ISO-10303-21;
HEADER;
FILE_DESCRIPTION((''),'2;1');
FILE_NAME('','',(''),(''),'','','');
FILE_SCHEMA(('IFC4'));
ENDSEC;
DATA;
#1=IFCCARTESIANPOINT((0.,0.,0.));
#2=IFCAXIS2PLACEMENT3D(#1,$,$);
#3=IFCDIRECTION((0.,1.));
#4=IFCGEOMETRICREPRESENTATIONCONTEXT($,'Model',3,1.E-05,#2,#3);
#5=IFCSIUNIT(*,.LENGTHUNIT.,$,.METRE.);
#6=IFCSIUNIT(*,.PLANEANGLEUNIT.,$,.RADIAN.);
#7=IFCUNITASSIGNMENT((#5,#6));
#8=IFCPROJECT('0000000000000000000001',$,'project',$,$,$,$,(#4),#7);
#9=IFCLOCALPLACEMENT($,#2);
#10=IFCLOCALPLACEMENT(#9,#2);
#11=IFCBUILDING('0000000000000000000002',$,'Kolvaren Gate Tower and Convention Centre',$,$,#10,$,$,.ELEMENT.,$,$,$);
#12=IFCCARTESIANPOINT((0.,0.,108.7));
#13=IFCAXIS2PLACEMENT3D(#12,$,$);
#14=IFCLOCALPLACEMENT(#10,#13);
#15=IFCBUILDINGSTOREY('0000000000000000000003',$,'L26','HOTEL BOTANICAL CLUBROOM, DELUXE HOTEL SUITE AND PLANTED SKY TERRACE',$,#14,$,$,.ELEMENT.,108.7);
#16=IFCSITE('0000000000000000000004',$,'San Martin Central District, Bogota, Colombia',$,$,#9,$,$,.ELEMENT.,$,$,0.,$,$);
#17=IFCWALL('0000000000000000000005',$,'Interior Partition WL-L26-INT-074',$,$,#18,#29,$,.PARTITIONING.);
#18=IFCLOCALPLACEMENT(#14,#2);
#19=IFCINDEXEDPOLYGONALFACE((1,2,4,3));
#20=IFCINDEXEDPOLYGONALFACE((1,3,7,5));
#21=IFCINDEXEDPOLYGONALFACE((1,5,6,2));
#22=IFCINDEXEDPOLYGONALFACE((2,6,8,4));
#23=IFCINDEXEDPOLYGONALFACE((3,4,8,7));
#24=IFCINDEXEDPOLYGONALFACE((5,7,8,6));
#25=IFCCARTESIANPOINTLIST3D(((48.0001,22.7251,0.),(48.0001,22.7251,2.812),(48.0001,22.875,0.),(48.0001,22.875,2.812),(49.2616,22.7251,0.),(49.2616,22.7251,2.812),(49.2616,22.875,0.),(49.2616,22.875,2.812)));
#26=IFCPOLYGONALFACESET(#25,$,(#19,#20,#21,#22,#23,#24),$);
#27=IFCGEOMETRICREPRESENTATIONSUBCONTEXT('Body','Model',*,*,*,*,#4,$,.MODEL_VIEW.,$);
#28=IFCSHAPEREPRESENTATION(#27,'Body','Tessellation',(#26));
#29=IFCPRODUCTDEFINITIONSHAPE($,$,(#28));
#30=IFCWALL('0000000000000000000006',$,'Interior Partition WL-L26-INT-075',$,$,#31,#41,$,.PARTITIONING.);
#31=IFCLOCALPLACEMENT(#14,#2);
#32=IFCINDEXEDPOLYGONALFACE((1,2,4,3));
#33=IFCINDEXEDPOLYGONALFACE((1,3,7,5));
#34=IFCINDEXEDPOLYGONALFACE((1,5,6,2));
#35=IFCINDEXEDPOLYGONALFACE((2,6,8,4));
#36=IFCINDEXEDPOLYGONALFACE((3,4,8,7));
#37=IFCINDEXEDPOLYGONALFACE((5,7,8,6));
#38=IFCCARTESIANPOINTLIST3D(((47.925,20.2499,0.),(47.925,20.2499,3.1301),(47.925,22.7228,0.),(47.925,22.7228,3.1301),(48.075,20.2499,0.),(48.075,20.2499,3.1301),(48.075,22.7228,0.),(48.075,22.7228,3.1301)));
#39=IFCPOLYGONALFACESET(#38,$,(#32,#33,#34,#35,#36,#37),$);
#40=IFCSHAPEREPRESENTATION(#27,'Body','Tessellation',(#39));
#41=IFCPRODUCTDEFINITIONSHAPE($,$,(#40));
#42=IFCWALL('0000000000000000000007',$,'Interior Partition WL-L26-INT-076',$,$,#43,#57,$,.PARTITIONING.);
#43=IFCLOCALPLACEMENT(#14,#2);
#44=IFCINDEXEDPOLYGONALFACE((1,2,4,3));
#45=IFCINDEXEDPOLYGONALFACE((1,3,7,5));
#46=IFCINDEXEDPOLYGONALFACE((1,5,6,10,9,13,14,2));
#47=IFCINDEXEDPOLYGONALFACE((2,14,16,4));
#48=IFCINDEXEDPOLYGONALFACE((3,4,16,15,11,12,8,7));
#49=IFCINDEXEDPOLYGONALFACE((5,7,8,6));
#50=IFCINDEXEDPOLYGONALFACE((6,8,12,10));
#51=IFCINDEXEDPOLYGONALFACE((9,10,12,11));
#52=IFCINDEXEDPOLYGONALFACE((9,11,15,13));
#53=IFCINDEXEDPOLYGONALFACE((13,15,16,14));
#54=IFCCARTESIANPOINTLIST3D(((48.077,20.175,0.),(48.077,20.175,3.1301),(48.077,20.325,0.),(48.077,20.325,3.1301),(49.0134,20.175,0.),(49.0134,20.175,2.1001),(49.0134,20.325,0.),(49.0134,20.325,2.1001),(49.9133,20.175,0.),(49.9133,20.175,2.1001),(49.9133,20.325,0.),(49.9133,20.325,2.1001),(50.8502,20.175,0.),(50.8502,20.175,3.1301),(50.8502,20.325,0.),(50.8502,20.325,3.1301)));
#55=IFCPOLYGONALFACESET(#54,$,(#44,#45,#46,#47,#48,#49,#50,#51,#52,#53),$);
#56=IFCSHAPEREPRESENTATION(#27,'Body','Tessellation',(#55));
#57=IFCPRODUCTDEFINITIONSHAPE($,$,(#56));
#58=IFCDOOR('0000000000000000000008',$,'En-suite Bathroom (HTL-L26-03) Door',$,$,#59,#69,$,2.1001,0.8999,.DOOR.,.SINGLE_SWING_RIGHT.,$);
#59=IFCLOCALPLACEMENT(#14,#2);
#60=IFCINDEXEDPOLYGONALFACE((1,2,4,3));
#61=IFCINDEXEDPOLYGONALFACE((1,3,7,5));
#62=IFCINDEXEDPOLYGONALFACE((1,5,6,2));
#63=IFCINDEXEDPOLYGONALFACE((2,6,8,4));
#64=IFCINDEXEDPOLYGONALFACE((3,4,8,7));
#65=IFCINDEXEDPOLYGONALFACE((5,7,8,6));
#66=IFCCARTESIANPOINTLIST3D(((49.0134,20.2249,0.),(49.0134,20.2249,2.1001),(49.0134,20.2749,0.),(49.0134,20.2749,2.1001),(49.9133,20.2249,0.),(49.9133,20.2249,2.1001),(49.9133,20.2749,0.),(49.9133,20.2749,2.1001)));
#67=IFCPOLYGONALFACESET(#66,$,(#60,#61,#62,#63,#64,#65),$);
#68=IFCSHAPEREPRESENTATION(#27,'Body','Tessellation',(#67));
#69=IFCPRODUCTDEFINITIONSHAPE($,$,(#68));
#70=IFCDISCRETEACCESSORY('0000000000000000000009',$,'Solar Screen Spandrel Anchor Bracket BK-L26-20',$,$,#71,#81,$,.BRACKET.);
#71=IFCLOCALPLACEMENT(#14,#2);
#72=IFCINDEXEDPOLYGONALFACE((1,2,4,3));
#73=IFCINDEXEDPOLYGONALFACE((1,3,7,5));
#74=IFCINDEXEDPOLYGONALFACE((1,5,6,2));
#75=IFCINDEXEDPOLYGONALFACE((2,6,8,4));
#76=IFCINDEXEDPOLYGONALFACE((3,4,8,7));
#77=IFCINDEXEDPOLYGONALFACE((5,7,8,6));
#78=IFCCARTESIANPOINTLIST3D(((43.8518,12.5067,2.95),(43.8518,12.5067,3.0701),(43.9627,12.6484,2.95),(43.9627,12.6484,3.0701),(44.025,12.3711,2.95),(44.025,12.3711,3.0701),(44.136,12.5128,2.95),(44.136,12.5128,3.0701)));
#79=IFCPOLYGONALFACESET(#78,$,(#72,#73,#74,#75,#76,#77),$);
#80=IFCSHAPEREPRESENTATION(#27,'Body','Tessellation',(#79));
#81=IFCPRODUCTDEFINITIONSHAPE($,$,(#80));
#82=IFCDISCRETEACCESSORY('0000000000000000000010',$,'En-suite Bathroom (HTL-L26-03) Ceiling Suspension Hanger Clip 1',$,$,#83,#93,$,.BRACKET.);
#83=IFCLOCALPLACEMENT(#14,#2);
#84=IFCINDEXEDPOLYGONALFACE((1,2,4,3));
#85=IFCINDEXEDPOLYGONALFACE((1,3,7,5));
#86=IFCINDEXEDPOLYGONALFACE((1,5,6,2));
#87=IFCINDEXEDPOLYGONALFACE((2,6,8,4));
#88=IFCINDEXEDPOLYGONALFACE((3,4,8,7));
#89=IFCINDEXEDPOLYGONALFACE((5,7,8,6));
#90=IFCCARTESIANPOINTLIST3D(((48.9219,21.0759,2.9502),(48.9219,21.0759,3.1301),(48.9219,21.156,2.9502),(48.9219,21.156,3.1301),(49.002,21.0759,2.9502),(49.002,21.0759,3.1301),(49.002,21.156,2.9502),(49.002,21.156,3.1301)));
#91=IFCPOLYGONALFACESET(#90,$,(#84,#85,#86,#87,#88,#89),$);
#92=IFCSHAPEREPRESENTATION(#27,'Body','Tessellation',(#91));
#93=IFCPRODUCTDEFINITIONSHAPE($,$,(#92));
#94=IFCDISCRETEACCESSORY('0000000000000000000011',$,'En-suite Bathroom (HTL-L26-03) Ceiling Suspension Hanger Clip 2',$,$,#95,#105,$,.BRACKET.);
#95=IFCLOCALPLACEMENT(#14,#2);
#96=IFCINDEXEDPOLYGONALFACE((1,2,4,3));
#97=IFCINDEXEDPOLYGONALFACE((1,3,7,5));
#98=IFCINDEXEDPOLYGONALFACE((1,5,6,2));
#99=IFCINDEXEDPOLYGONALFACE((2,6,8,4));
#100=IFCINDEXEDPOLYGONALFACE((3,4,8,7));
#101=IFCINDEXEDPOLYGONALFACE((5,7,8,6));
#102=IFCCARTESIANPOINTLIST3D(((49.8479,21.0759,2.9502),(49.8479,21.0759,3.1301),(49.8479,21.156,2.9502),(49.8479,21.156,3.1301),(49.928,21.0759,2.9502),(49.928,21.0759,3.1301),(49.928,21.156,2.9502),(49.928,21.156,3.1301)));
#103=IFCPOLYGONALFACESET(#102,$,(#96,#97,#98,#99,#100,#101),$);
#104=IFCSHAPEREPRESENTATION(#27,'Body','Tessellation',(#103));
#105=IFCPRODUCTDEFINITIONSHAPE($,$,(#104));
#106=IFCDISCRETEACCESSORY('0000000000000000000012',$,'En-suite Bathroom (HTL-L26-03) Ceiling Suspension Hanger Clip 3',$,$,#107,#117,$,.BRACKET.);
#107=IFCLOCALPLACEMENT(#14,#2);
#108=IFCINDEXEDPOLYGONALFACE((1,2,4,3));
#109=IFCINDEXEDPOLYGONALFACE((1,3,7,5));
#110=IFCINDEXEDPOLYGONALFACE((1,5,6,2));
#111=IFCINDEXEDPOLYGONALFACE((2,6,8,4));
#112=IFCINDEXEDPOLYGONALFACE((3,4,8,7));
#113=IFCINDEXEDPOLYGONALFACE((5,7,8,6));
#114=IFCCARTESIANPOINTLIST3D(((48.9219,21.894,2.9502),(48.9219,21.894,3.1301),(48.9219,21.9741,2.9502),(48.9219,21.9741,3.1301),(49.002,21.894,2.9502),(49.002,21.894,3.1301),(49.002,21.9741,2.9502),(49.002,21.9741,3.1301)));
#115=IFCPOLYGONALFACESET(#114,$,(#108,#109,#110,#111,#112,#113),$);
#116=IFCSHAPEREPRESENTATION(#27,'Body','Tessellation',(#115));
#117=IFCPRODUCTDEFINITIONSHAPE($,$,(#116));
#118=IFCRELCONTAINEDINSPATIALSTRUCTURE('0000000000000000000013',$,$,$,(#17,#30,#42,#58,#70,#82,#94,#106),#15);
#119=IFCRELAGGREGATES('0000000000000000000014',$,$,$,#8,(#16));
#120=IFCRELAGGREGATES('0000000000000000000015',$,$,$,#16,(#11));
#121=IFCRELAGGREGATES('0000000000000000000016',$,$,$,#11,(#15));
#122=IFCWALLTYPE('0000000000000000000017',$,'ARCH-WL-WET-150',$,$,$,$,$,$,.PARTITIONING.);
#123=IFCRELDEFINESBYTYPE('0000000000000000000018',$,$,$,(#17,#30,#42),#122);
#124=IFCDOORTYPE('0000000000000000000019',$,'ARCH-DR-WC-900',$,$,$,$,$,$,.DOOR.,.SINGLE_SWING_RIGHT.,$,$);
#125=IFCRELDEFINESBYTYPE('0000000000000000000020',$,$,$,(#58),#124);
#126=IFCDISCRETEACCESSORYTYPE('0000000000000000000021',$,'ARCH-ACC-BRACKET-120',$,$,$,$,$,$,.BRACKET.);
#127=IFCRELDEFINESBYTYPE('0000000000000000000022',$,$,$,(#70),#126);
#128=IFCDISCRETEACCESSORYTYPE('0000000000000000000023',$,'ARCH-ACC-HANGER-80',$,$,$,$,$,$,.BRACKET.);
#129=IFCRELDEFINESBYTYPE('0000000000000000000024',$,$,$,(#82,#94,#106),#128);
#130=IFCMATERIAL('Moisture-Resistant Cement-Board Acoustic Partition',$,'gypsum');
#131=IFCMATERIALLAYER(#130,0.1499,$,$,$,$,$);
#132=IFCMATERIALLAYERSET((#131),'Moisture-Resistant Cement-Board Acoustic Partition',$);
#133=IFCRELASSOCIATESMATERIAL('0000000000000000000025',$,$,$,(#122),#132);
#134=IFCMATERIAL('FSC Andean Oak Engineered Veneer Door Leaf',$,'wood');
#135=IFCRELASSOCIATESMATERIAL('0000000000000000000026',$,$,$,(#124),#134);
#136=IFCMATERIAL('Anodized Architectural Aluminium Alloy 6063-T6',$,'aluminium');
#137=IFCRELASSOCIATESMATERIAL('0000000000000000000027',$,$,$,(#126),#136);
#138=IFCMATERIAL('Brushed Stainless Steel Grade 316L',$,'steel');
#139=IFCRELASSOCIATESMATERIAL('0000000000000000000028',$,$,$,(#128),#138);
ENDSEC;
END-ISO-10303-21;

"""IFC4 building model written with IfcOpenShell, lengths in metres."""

from ifc_helpers import new_model, si_unit, direction, frame, frame_2d, origin, origin_2d, place, context, subcontext, project, spatial, rectangle, extrude, material, layer, layer_set, type_object, element, fill, save


model = new_model("IFC4")

# Units and contexts
model_context = context("Model", 3, precision=1e-05, world=origin(), true_north=direction((0.0, 1.0)))
body_context = subcontext(model_context, "Body", "Model", "MODEL_VIEW")
ifc_project = project(units=[si_unit("LENGTHUNIT", "METRE"), si_unit("PLANEANGLEUNIT", "RADIAN")], contexts=[model_context])

# Site, building, storey
site_placement = place(None, origin())
site = spatial("IfcSite", under=ifc_project, at=site_placement, Name="San Martin Central District, Bogota, Colombia", CompositionType="ELEMENT", RefElevation=0.0)
building_placement = place(site_placement, origin())
building = spatial("IfcBuilding", under=site, at=building_placement, Name="Kolvaren Gate Tower and Convention Centre", CompositionType="ELEMENT")
storey_placement = place(building_placement, frame((0.0, 0.0, 108.7)))
storey = spatial("IfcBuildingStorey", under=building, at=storey_placement, Name="L26", Description="HOTEL BOTANICAL CLUBROOM, DELUXE HOTEL SUITE AND PLANTED SKY TERRACE", CompositionType="ELEMENT", Elevation=108.7)

# Shared definitions
ifc_material_1 = material(Name="Anodized Architectural Aluminium Alloy 6063-T6", Category="aluminium")

# Walls
ifc_material_2 = material(Name="Moisture-Resistant Cement-Board Acoustic Partition", Category="gypsum")
ifc_layer_1 = layer(ifc_material_2, 0.1499)
ifc_layer_set_1 = layer_set([ifc_layer_1], Name="Moisture-Resistant Cement-Board Acoustic Partition")
wall_type_1 = type_object("IfcWallType", Name="ARCH-WL-WET-150", PredefinedType="PARTITIONING", material=ifc_layer_set_1)
wall_1_placement = place(storey_placement, frame((48.0, 22.8, 0.0), z_axis=(0.0, 0.0, 1.0), x_axis=(1.0, 0.0, 0.0)))
element("IfcWall", 1, at=wall_1_placement, inside=storey, type_object=wall_type_1, Name="Interior Partition WL-L26-INT-074", PredefinedType="PARTITIONING", context=body_context, shape_type="SweptSolid", body=[
    extrude(rectangle(XDim=1.2615, YDim=0.1499, at=frame_2d((0.6309, 0.0))), origin(), (0.0, 0.0, 1.0), 2.812),
])
wall_2_placement = place(storey_placement, frame((48.0, 20.25, 0.0), z_axis=(0.0, 0.0, 1.0), x_axis=(0.0, 1.0, 0.0)))
element("IfcWall", 2, at=wall_2_placement, inside=storey, type_object=wall_type_1, Name="Interior Partition WL-L26-INT-075", PredefinedType="PARTITIONING", context=body_context, shape_type="SweptSolid", body=[
    extrude(rectangle(XDim=2.4729, YDim=0.1499, at=frame_2d((1.2363, 0.0))), origin(), (0.0, 0.0, 1.0), 3.1301),
])

# Wall, opening, door
wall_3_placement = place(storey_placement, frame((48.0769, 20.25, 0.0), z_axis=(0.0, 0.0, 1.0), x_axis=(1.0, 0.0, 0.0)))
wall_3 = element("IfcWall", 3, at=wall_3_placement, inside=storey, type_object=wall_type_1, Name="Interior Partition WL-L26-INT-076", PredefinedType="PARTITIONING", context=body_context, shape_type="SweptSolid", body=[
    extrude(rectangle(XDim=2.7732, YDim=0.1499, at=frame_2d((1.3867, 0.0))), origin(), (0.0, 0.0, 1.0), 3.1301),
])
opening_1_placement = place(wall_3_placement, frame((0.9365, 0.0, 0.0)))
opening_1 = element("IfcOpeningElement", 4, at=opening_1_placement, cuts=wall_3, PredefinedType="OPENING", context=body_context, shape_type="SweptSolid", body=[
    extrude(rectangle(XDim=0.8999, YDim=2.1001, at=frame_2d((0.45, 1.05))), frame((0.0, 0.085, 0.0), z_axis=(0.0, -1.0, 0.0), x_axis=(1.0, 0.0, 0.0)), (0.0, 0.0, 1.0), 0.1699),
])
ifc_material_3 = material(Name="FSC Andean Oak Engineered Veneer Door Leaf", Category="wood")
door_type_1 = type_object("IfcDoorType", Name="ARCH-DR-WC-900", OperationType="SINGLE_SWING_RIGHT", PredefinedType="DOOR", material=ifc_material_3)
door_1_placement = place(opening_1_placement, origin())
door_1 = element("IfcDoor", 5, at=door_1_placement, inside=storey, type_object=door_type_1, Name="En-suite Bathroom (HTL-L26-03) Door", OperationType="SINGLE_SWING_RIGHT", OverallHeight=2.1001, OverallWidth=0.8999, PredefinedType="DOOR", context=body_context, shape_type="SweptSolid", body=[
    extrude(rectangle(XDim=0.8999, YDim=2.1001, at=frame_2d((0.45, 1.05))), frame((0.0, 0.0249, 0.0), z_axis=(0.0, -1.0, 0.0), x_axis=(1.0, 0.0, 0.0)), (0.0, 0.0, 1.0), 0.05),
])
fill(opening_1, door_1)

# Shared definitions
ifc_material_4 = material(Name="Brushed Stainless Steel Grade 316L", Category="steel")

# Discrete accessories
discrete_accessory_type_1 = type_object("IfcDiscreteAccessoryType", Name="ARCH-ACC-BRACKET-120", PredefinedType="BRACKET", material=ifc_material_1)
discrete_accessory_placement = place(storey_placement, frame((43.9939, 12.5098, 2.95), z_axis=(0.0, 0.0, 1.0), x_axis=(0.616424, 0.787414, 0.0)))
element("IfcDiscreteAccessory", 6, at=discrete_accessory_placement, inside=storey, type_object=discrete_accessory_type_1, Name="Solar Screen Spandrel Anchor Bracket BK-L26-20", PredefinedType="BRACKET", context=body_context, shape_type="SweptSolid", body=[
    extrude(rectangle(XDim=0.1799, YDim=0.22, at=origin_2d()), origin(), (0.0, 0.0, 1.0), 0.1201),
])
discrete_accessory_type_2 = type_object("IfcDiscreteAccessoryType", Name="ARCH-ACC-HANGER-80", PredefinedType="BRACKET", material=ifc_material_4)
for number, where, z_axis, x_axis, name in (
    (7, (48.9619, 21.116, 2.9502), (0.0, 0.0, 1.0), (1.0, 0.0, 0.0), "En-suite Bathroom (HTL-L26-03) Ceiling Suspension Hanger Clip 1"),
    (8, (49.8879, 21.116, 2.9502), (0.0, 0.0, 1.0), (1.0, 0.0, 0.0), "En-suite Bathroom (HTL-L26-03) Ceiling Suspension Hanger Clip 2"),
    (9, (48.9619, 21.9341, 2.9502), (0.0, 0.0, 1.0), (1.0, 0.0, 0.0), "En-suite Bathroom (HTL-L26-03) Ceiling Suspension Hanger Clip 3"),
):
    element("IfcDiscreteAccessory", number, at=place(storey_placement, frame(where, z_axis=z_axis, x_axis=x_axis)), inside=storey, type_object=discrete_accessory_type_2, Name=name, PredefinedType="BRACKET", context=body_context, shape_type="SweptSolid", body=[
        extrude(rectangle(XDim=0.0801, YDim=0.0801, at=origin_2d()), origin(), (0.0, 0.0, 1.0), 0.1799),
    ])

save(model, "model.ifc")
